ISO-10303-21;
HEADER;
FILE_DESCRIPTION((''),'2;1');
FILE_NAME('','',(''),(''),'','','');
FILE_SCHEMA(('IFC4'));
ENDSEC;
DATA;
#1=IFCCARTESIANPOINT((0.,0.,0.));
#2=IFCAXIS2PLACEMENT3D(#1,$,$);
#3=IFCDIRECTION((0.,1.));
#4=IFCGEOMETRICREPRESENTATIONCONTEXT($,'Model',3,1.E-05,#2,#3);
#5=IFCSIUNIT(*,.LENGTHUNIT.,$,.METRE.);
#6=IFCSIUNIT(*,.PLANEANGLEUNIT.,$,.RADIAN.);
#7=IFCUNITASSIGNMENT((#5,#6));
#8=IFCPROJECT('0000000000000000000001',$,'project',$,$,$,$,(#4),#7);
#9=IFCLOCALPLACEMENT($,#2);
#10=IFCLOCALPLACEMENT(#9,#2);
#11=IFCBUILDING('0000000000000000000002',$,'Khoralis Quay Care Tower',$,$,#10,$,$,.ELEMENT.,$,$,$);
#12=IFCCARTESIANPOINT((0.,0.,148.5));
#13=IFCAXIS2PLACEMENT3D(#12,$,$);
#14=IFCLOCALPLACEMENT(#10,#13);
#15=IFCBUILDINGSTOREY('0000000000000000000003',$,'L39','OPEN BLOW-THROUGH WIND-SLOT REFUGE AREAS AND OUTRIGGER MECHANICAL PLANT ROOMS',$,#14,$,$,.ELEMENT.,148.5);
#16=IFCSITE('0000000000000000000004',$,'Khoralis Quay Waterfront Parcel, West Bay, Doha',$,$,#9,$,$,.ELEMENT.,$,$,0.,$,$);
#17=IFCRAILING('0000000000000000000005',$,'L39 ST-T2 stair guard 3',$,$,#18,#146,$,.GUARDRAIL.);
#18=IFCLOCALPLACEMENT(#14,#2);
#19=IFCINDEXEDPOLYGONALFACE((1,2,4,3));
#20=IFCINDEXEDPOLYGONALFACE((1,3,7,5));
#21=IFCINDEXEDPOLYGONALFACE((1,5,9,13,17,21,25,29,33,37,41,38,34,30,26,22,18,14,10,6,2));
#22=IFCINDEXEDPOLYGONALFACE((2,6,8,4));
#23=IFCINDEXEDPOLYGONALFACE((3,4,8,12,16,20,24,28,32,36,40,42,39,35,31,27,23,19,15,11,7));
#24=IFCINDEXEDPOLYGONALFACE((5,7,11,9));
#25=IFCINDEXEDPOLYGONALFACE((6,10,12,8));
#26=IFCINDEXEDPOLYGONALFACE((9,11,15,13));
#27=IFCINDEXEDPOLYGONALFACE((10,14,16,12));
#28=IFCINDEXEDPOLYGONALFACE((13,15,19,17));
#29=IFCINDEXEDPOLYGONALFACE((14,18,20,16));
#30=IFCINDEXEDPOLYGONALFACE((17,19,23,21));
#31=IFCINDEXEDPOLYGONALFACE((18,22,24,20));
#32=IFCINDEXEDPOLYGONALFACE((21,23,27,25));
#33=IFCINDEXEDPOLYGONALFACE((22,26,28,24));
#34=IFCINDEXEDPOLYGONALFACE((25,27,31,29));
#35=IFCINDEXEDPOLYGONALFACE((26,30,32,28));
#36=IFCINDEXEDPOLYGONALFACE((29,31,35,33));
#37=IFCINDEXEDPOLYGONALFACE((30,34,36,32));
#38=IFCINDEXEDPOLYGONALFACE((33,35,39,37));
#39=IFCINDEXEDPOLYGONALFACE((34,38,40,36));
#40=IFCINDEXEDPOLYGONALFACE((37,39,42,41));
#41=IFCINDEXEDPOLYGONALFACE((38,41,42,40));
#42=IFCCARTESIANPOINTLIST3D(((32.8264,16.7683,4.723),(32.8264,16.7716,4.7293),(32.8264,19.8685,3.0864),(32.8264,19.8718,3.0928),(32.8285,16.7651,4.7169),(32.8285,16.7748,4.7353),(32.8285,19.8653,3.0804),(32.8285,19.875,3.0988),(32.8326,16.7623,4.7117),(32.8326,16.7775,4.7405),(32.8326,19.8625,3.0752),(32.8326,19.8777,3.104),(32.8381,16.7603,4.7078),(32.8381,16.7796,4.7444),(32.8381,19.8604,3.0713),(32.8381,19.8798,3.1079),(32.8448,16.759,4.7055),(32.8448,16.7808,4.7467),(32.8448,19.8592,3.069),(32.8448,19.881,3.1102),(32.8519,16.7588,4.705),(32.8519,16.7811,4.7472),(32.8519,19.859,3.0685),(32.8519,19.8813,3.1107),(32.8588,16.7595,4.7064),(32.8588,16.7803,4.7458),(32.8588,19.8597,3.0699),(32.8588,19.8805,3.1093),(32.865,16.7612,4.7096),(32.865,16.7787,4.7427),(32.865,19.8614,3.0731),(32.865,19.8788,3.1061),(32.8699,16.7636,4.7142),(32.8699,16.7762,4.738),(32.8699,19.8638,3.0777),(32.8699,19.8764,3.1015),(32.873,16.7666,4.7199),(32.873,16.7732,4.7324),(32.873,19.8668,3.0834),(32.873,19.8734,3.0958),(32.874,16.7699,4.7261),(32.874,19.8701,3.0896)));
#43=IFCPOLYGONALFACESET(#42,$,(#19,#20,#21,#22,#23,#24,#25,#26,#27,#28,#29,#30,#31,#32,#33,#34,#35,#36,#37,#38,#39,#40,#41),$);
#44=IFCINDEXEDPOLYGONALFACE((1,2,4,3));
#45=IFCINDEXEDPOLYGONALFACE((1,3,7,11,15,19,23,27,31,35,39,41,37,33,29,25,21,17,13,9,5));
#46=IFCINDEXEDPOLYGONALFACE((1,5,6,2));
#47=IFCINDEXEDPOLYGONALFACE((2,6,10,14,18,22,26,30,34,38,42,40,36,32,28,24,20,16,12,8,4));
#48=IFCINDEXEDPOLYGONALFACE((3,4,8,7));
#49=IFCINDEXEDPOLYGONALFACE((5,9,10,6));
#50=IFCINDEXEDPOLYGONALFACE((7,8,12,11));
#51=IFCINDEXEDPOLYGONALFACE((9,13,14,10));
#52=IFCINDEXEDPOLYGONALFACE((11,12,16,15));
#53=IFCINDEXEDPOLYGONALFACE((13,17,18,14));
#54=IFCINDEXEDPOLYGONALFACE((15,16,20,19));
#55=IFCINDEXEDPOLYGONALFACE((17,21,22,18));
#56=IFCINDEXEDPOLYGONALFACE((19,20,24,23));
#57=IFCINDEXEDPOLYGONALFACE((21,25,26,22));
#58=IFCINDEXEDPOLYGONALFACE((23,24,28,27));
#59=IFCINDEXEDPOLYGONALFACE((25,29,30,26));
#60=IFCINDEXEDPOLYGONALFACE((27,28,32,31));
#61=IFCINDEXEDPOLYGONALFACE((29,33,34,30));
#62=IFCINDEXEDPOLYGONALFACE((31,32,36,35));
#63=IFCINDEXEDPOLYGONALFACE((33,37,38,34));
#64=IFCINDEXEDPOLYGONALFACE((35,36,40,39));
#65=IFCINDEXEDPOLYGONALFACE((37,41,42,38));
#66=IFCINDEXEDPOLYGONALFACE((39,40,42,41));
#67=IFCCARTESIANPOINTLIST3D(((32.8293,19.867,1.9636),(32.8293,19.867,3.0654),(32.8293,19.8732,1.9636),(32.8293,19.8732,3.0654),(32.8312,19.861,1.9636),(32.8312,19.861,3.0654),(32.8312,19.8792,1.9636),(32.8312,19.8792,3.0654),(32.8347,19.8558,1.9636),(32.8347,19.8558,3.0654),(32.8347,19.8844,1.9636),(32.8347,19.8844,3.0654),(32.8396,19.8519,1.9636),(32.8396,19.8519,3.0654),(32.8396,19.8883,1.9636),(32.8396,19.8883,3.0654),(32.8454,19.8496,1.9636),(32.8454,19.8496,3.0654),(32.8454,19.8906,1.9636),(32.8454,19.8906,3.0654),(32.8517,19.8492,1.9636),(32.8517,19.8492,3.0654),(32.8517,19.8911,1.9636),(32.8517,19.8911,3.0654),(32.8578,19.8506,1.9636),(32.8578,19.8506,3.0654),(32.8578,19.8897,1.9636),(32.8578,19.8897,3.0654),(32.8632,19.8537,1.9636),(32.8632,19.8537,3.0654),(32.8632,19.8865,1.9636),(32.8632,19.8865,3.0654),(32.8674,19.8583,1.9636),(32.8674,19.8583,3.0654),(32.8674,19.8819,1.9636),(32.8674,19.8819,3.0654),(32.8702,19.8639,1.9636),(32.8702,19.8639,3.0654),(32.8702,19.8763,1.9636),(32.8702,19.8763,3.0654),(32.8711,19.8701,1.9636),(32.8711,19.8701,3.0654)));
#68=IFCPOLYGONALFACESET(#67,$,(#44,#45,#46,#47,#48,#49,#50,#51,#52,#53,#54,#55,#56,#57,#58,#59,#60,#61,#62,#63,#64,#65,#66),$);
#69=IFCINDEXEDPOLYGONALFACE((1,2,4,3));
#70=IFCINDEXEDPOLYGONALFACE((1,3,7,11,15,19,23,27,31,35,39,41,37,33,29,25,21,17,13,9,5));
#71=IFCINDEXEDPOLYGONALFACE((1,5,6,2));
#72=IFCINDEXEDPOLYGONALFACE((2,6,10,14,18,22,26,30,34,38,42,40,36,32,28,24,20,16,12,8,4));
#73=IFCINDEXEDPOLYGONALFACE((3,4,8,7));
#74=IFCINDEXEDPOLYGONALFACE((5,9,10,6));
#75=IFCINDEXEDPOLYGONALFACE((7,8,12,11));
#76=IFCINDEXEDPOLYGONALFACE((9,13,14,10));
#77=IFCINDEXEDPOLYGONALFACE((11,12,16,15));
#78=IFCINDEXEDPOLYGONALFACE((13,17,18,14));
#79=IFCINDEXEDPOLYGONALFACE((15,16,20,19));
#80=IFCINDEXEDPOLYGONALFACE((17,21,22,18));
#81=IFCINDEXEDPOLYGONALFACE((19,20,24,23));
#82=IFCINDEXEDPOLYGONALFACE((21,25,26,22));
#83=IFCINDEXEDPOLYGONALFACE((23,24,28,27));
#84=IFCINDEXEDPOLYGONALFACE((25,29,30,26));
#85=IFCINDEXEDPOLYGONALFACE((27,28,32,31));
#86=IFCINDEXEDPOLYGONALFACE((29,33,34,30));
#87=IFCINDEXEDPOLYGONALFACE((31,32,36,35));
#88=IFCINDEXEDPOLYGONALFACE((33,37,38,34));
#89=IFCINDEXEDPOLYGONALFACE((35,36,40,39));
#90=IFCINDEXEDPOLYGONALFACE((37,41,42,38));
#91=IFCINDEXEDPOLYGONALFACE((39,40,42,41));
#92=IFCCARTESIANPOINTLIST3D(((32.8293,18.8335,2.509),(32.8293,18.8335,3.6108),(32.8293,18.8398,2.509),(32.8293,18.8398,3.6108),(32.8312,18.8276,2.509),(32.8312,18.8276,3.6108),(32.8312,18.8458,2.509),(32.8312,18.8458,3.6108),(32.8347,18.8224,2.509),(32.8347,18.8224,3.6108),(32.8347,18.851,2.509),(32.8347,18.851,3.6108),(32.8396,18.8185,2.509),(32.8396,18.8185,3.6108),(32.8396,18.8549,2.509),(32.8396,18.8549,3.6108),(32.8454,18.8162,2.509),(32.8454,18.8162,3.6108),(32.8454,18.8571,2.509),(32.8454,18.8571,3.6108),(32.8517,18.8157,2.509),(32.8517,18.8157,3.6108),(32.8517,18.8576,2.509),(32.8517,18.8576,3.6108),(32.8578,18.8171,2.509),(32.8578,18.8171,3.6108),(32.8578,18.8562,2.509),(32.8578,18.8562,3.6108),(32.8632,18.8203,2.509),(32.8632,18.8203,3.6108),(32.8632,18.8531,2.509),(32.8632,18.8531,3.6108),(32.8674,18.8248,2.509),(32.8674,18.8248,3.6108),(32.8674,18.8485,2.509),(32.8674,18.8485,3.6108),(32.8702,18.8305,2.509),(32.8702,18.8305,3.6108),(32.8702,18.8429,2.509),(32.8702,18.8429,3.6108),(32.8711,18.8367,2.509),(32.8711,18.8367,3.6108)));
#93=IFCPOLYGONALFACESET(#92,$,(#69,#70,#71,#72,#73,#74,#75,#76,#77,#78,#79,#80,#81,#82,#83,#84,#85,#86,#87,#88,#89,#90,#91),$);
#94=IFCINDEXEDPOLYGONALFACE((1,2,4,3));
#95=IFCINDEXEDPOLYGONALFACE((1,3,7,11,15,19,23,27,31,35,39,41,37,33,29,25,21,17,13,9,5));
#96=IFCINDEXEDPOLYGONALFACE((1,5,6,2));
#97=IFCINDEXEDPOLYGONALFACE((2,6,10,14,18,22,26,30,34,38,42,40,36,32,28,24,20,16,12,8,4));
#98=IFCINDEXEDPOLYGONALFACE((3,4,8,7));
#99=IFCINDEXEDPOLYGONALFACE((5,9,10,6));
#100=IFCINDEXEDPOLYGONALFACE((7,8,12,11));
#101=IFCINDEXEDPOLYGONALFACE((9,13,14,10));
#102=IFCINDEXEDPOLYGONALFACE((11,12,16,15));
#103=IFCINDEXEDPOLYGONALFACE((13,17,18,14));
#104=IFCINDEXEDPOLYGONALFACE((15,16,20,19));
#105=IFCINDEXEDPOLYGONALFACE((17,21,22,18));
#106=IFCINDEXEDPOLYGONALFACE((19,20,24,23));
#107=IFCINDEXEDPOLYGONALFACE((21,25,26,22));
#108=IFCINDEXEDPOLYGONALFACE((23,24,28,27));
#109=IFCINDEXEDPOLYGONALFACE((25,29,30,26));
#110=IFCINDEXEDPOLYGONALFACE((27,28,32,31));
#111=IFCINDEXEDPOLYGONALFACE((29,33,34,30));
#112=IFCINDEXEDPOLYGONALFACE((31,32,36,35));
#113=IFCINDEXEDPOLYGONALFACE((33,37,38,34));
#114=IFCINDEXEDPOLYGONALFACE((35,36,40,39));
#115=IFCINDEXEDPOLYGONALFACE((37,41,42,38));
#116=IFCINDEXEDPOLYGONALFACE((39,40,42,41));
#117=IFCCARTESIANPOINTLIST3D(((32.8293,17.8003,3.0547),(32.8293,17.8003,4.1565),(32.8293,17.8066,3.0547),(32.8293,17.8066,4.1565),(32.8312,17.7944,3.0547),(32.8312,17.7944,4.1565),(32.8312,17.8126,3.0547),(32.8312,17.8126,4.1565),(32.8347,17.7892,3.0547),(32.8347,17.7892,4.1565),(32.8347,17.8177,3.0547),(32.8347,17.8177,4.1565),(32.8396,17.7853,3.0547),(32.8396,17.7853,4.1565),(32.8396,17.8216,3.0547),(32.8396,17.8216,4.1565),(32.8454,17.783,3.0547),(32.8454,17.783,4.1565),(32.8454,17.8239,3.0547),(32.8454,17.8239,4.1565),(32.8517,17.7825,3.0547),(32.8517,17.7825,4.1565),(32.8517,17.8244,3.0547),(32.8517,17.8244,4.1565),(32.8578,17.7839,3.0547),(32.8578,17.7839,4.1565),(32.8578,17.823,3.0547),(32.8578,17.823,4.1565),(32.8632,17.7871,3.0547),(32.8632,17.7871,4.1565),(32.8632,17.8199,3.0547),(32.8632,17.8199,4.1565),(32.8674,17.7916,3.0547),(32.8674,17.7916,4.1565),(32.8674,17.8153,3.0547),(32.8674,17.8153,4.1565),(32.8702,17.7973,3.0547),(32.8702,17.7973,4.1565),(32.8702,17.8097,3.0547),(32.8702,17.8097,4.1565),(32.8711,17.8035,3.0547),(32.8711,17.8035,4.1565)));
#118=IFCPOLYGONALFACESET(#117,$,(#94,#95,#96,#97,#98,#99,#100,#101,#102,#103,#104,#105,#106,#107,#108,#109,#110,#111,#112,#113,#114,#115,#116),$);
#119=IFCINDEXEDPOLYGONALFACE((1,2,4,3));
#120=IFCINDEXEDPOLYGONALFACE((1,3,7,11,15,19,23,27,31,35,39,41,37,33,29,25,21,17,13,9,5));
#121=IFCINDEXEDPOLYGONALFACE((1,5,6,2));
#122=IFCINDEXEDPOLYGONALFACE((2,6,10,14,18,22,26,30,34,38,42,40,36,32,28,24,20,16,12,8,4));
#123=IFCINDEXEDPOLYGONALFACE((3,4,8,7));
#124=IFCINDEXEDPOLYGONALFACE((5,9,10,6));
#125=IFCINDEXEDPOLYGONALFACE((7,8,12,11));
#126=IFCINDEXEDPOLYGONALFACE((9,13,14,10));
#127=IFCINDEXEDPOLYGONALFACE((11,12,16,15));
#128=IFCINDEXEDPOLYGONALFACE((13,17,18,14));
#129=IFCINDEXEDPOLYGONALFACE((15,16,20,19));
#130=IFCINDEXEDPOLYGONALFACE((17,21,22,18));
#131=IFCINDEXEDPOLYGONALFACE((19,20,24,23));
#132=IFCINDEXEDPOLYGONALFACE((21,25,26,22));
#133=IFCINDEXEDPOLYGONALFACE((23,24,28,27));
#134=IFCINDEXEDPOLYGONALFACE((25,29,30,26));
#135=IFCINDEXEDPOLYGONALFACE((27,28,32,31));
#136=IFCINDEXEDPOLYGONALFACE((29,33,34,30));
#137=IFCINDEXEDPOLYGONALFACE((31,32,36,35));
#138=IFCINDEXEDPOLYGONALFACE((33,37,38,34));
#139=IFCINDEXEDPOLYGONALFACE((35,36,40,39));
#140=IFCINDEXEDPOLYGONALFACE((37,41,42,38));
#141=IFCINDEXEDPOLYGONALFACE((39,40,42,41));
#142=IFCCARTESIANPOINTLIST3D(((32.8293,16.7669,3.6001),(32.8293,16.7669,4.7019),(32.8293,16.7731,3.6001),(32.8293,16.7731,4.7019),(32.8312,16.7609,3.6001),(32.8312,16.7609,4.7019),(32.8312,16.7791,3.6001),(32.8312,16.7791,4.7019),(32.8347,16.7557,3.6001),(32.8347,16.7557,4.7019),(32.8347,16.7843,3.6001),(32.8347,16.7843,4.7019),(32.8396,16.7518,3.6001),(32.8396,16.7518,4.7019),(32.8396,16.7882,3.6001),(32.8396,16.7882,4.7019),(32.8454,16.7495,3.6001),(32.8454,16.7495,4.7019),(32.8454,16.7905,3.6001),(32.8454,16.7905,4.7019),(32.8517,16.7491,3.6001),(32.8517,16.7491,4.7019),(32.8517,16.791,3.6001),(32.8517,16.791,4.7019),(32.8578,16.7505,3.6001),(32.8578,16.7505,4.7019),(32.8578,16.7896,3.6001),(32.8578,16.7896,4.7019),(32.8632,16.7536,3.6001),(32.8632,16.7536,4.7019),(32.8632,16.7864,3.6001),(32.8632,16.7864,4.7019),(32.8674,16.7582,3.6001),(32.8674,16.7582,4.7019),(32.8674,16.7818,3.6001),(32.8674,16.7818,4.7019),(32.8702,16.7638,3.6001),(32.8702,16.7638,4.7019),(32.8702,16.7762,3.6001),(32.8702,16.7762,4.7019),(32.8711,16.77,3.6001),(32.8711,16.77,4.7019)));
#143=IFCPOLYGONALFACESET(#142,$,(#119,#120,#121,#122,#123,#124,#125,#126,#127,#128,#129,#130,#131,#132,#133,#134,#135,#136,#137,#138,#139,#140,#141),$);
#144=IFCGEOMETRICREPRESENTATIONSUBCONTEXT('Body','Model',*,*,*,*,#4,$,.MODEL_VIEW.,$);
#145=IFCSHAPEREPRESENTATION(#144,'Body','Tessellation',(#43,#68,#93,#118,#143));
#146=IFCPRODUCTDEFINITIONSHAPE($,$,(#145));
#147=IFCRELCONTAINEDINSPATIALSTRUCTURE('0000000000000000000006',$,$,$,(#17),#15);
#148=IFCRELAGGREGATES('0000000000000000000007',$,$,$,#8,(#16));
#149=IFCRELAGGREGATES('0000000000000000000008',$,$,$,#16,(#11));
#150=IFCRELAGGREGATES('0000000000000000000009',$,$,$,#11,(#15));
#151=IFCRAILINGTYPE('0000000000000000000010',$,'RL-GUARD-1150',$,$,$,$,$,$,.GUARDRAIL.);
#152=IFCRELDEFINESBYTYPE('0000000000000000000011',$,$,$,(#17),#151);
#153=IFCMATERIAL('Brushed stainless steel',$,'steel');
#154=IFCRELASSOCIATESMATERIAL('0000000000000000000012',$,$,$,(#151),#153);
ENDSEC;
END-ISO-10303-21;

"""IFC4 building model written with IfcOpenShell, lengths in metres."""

from ifc_helpers import new_model, si_unit, direction, frame, origin, origin_2d, place, context, subcontext, project, spatial, circle, extrude, material, type_object, element, save


model = new_model("IFC4")

# Units and contexts
model_context = context("Model", 3, precision=1e-05, world=origin(), true_north=direction((0.0, 1.0)))
body_context = subcontext(model_context, "Body", "Model", "MODEL_VIEW")
ifc_project = project(units=[si_unit("LENGTHUNIT", "METRE"), si_unit("PLANEANGLEUNIT", "RADIAN")], contexts=[model_context])

# Site, building, storey
site_placement = place(None, origin())
site = spatial("IfcSite", under=ifc_project, at=site_placement, Name="Khoralis Quay Waterfront Parcel, West Bay, Doha", CompositionType="ELEMENT", RefElevation=0.0)
building_placement = place(site_placement, origin())
building = spatial("IfcBuilding", under=site, at=building_placement, Name="Khoralis Quay Care Tower", CompositionType="ELEMENT")
storey_placement = place(building_placement, frame((0.0, 0.0, 148.5)))
storey = spatial("IfcBuildingStorey", under=building, at=storey_placement, Name="L39", Description="OPEN BLOW-THROUGH WIND-SLOT REFUGE AREAS AND OUTRIGGER MECHANICAL PLANT ROOMS", CompositionType="ELEMENT", Elevation=148.5)

# Shared definitions
ifc_material_1 = material(Name="Brushed stainless steel", Category="steel")

# Railing
railing_type_1 = type_object("IfcRailingType", Name="RL-GUARD-1150", PredefinedType="GUARDRAIL", material=ifc_material_1)
railing_1_placement = place(storey_placement, frame((32.8501, 19.8701, 1.9636)))
element("IfcRailing", 1, at=railing_1_placement, inside=storey, type_object=railing_type_1, Name="L39 ST-T2 stair guard 3", PredefinedType="GUARDRAIL", context=body_context, shape_type="SweptSolid", body=[
    extrude(circle(Radius=0.0239, at=origin_2d()), frame((0.0, 0.0, 1.126), z_axis=(0.0, -0.884348, 0.466828), x_axis=(1.0, 0.0, 0.0)), (0.0, 0.0, 1.0), 3.5056),
    extrude(circle(Radius=0.021, at=origin_2d()), origin(), (0.0, 0.0, 1.0), 1.1018),
    extrude(circle(Radius=0.021, at=origin_2d()), frame((0.0, -1.0334, 0.5454)), (0.0, 0.0, 1.0), 1.1018),
    extrude(circle(Radius=0.021, at=origin_2d()), frame((0.0, -2.0667, 1.0911)), (0.0, 0.0, 1.0), 1.1018),
    extrude(circle(Radius=0.021, at=origin_2d()), frame((0.0, -3.1001, 1.6365)), (0.0, 0.0, 1.0), 1.1018),
])

save(model, "model.ifc")
